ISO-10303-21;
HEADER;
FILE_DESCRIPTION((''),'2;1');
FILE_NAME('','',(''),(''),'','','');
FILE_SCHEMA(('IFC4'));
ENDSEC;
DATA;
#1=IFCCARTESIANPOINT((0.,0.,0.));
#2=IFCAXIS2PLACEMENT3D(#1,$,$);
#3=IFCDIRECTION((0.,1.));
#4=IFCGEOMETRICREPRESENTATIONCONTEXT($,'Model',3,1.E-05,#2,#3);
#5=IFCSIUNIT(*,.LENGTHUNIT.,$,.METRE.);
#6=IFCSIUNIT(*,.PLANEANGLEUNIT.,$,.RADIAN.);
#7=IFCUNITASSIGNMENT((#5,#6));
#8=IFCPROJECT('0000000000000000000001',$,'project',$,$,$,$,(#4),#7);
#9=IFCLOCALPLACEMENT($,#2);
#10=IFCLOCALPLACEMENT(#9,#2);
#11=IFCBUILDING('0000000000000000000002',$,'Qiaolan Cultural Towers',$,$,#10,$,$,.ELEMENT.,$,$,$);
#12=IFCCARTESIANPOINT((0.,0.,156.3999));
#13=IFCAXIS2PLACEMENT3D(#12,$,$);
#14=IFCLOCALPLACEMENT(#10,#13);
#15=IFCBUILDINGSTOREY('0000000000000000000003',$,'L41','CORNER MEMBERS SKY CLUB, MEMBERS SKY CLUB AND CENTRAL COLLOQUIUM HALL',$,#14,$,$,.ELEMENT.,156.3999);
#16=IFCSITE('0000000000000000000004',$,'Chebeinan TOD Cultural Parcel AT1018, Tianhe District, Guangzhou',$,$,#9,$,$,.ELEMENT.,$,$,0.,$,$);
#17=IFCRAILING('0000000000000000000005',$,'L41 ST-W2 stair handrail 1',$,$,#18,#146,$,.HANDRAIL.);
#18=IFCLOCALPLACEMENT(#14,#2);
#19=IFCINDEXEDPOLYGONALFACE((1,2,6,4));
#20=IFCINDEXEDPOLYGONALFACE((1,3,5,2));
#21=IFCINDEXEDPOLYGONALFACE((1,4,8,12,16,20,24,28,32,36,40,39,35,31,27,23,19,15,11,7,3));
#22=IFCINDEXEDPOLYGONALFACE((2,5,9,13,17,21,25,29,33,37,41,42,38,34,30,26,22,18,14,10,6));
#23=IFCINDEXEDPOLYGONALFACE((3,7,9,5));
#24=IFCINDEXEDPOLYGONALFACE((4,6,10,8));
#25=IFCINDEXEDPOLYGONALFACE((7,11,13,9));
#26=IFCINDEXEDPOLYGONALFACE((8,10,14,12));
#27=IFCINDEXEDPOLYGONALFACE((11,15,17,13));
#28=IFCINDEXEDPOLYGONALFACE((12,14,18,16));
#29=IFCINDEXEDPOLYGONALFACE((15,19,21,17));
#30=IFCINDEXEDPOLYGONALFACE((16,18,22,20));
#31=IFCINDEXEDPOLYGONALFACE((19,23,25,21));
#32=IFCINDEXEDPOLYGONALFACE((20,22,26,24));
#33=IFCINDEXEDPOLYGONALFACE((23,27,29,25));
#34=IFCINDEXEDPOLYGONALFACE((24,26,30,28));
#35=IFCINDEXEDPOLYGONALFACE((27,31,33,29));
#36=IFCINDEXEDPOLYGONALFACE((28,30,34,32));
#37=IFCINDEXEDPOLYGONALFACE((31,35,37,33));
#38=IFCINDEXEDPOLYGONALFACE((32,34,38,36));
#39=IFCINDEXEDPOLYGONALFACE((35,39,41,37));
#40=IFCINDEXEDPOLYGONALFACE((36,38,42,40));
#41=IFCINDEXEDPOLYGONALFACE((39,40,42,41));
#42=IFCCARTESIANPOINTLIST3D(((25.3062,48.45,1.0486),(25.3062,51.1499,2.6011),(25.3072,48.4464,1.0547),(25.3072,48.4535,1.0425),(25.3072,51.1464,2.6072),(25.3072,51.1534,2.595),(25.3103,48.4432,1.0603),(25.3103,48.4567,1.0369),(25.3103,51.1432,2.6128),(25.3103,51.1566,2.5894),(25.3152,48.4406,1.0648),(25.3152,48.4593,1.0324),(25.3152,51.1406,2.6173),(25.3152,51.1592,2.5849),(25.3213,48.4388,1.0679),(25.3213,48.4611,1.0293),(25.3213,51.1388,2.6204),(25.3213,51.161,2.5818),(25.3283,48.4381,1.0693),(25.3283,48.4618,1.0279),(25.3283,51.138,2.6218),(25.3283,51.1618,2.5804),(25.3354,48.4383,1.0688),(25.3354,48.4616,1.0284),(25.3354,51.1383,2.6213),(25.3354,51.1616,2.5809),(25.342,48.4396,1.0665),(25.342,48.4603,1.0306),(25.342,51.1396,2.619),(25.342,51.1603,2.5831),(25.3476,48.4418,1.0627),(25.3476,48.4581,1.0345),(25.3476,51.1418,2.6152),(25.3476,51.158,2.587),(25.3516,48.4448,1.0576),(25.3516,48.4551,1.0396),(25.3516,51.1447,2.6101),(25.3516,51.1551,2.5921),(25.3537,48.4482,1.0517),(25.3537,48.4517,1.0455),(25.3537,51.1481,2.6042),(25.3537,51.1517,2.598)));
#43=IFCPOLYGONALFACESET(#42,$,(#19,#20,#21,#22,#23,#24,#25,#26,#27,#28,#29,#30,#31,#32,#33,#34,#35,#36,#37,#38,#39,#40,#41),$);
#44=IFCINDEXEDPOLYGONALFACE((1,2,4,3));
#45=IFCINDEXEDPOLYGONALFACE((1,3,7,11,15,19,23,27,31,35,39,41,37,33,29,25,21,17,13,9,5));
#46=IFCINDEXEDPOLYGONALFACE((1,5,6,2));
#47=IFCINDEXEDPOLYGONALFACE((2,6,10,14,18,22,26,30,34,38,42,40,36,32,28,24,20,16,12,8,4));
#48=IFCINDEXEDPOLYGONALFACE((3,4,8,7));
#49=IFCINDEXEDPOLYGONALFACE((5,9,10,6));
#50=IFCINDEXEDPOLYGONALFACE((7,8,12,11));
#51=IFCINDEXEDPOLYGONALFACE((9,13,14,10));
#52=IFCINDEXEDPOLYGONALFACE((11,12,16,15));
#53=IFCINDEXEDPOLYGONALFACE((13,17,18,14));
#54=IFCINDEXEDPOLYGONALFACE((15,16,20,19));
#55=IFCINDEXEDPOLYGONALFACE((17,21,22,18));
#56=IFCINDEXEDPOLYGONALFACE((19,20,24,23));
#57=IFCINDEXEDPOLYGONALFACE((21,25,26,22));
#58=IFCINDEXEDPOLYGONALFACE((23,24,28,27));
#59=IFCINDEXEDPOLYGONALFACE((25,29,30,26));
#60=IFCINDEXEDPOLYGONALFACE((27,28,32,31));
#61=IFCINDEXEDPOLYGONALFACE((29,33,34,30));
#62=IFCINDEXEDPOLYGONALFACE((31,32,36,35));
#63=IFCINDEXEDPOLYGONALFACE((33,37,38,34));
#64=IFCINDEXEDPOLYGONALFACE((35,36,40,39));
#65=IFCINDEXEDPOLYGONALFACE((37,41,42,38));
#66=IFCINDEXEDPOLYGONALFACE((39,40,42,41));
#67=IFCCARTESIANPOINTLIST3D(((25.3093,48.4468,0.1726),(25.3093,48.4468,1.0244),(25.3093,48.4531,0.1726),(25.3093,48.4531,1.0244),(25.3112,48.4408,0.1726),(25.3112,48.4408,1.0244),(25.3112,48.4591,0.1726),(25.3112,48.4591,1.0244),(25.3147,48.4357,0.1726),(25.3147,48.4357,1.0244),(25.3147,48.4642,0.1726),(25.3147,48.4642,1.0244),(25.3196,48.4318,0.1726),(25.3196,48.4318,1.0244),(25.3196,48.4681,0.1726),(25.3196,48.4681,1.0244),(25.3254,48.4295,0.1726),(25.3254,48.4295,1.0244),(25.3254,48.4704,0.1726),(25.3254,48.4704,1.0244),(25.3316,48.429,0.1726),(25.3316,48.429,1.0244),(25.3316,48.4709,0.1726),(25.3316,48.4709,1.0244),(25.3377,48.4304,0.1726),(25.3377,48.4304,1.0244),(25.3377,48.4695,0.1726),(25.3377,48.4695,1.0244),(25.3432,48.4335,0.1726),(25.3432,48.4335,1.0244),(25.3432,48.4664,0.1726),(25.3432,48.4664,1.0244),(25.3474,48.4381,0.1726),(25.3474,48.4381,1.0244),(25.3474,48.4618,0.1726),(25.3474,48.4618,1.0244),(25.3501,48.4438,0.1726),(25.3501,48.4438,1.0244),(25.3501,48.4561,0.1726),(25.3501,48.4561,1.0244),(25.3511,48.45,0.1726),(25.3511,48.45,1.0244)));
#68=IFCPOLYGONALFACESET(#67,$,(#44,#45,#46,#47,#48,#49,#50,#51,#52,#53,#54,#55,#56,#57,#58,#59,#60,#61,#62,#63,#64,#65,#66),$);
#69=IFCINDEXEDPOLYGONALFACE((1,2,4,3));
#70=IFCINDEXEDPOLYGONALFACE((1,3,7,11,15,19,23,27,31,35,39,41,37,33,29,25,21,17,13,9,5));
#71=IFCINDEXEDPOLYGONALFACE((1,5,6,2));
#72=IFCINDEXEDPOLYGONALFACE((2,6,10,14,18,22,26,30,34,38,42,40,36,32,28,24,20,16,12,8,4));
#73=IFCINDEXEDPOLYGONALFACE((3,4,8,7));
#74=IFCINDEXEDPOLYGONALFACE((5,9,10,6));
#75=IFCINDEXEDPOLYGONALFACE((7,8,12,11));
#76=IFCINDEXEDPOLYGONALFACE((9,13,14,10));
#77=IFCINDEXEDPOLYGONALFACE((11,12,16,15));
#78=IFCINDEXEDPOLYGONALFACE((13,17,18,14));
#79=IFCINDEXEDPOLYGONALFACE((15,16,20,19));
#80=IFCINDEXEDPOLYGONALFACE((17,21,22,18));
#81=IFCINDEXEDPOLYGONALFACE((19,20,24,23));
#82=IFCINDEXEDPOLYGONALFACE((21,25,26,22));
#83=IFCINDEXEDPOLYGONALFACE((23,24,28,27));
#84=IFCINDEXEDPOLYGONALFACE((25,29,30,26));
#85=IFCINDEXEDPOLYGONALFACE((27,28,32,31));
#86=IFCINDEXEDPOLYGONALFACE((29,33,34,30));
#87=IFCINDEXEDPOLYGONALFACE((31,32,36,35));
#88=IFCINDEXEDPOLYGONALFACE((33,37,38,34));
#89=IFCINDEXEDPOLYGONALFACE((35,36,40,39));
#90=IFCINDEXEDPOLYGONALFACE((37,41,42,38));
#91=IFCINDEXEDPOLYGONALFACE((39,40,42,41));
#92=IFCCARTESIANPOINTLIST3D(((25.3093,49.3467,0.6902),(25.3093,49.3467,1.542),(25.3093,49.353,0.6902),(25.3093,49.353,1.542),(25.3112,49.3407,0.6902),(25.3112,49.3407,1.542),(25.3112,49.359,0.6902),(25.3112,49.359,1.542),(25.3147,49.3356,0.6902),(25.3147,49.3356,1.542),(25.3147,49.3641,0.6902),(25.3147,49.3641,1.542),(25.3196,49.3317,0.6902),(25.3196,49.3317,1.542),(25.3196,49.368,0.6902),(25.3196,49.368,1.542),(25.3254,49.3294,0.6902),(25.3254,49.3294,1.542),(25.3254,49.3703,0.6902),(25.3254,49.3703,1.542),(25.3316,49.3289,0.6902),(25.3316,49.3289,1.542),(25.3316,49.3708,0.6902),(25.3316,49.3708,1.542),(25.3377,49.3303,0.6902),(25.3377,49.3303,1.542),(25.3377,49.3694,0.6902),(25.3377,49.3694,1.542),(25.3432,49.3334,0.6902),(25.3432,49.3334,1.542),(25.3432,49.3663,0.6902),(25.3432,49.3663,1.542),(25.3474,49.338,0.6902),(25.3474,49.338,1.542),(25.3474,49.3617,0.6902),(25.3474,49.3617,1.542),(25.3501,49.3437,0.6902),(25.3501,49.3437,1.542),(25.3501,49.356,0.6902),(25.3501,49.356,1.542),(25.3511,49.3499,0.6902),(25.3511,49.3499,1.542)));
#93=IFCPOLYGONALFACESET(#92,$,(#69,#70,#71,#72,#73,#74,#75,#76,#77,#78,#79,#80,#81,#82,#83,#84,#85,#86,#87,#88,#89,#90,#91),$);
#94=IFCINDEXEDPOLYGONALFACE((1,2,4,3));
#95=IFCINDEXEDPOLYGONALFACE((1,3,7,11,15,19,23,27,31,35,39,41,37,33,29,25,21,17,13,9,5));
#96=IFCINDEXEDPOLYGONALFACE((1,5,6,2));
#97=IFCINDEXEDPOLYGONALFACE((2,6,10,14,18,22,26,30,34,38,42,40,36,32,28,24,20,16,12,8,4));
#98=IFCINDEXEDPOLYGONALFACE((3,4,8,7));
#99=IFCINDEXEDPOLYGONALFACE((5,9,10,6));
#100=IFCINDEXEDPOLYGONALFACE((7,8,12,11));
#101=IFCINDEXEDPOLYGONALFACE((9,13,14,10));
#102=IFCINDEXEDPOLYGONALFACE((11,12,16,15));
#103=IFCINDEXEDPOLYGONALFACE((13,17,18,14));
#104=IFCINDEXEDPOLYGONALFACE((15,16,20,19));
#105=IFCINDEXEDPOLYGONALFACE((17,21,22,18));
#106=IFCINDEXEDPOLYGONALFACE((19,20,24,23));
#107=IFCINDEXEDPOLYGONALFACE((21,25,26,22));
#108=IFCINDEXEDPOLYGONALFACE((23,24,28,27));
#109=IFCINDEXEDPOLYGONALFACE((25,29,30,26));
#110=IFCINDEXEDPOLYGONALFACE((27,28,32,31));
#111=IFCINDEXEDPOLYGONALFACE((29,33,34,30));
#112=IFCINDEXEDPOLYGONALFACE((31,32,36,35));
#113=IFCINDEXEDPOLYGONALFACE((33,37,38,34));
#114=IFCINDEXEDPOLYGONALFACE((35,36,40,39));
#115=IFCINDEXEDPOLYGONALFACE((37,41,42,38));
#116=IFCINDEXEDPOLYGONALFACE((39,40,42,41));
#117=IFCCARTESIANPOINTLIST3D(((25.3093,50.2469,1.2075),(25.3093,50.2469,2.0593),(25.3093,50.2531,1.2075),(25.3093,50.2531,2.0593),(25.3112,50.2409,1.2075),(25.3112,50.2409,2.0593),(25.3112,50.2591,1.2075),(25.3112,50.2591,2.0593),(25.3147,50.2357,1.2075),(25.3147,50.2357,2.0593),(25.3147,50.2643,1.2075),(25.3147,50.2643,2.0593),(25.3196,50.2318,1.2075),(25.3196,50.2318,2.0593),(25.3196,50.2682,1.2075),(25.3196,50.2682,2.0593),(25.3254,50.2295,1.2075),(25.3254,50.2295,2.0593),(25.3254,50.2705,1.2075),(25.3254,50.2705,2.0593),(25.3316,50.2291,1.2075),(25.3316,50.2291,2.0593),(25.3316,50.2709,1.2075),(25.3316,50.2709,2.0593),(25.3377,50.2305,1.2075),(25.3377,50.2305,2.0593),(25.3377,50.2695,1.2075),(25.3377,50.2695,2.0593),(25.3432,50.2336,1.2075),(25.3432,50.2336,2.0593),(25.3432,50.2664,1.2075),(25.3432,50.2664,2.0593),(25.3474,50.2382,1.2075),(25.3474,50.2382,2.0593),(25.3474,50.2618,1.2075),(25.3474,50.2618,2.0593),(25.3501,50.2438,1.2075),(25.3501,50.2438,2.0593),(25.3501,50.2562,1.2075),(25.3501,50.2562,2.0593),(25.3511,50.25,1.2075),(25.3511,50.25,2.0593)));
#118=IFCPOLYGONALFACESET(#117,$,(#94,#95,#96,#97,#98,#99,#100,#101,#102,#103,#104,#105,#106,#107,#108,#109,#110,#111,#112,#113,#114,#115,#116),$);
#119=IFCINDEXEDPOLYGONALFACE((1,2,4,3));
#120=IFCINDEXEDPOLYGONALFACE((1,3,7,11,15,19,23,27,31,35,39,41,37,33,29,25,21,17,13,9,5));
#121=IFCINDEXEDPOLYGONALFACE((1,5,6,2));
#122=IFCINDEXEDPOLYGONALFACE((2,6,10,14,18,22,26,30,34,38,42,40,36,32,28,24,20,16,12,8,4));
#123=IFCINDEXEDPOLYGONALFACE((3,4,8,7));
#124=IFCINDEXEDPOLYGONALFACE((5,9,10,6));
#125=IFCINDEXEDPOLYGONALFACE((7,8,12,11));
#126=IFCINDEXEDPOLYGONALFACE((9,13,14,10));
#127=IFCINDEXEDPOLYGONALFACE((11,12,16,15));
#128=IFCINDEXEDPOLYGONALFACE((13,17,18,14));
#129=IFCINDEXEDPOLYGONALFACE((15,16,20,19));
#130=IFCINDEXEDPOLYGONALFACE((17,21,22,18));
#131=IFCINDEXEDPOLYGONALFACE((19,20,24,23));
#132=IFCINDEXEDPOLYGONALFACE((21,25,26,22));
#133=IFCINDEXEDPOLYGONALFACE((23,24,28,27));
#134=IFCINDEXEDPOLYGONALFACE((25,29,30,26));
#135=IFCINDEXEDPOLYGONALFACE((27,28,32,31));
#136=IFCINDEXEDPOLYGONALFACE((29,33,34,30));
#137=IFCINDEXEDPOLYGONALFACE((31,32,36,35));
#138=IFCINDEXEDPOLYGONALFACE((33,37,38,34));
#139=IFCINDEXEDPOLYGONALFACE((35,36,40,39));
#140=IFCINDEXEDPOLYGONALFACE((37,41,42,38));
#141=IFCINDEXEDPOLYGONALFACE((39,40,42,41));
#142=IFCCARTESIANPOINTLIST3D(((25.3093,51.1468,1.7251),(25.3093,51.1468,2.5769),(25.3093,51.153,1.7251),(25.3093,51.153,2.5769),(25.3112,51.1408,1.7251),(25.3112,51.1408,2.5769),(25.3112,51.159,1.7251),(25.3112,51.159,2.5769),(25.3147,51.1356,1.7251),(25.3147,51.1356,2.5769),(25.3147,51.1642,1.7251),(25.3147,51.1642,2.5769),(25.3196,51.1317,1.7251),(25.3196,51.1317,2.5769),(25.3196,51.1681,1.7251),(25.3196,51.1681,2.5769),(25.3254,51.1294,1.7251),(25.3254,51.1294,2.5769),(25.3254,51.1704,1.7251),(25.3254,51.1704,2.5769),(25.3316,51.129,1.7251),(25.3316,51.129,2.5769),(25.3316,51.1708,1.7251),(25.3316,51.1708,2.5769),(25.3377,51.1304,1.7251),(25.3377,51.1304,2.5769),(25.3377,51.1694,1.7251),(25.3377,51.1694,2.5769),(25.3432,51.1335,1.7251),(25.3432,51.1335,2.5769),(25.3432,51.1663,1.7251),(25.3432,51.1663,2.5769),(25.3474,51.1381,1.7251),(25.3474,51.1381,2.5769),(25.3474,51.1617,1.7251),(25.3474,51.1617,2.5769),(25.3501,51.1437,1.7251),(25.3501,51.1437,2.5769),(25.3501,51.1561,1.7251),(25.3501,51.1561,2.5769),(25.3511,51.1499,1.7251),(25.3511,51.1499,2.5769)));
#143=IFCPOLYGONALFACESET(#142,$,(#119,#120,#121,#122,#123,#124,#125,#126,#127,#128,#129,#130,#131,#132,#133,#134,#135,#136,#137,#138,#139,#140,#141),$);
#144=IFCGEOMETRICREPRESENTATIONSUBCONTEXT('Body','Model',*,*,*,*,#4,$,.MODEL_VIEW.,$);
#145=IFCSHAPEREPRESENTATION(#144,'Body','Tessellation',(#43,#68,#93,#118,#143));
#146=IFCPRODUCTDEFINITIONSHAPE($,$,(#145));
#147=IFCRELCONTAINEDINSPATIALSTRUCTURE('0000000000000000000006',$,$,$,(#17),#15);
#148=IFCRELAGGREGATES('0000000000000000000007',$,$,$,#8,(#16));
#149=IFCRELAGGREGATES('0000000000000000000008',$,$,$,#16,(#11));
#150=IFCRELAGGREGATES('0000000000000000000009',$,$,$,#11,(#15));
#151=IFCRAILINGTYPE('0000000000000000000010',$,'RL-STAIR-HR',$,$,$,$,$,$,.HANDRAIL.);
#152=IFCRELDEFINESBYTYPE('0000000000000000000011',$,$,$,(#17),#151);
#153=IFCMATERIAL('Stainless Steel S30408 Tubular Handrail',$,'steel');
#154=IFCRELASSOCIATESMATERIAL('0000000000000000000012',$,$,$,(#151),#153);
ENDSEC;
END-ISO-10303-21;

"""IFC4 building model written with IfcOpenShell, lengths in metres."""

from ifc_helpers import new_model, si_unit, direction, frame, origin, origin_2d, place, context, subcontext, project, spatial, circle, extrude, material, type_object, element, save


model = new_model("IFC4")

# Units and contexts
model_context = context("Model", 3, precision=1e-05, world=origin(), true_north=direction((0.0, 1.0)))
body_context = subcontext(model_context, "Body", "Model", "MODEL_VIEW")
ifc_project = project(units=[si_unit("LENGTHUNIT", "METRE"), si_unit("PLANEANGLEUNIT", "RADIAN")], contexts=[model_context])

# Site, building, storey
site_placement = place(None, origin())
site = spatial("IfcSite", under=ifc_project, at=site_placement, Name="Chebeinan TOD Cultural Parcel AT1018, Tianhe District, Guangzhou", CompositionType="ELEMENT", RefElevation=0.0)
building_placement = place(site_placement, origin())
building = spatial("IfcBuilding", under=site, at=building_placement, Name="Qiaolan Cultural Towers", CompositionType="ELEMENT")
storey_placement = place(building_placement, frame((0.0, 0.0, 156.3999)))
storey = spatial("IfcBuildingStorey", under=building, at=storey_placement, Name="L41", Description="CORNER MEMBERS SKY CLUB, MEMBERS SKY CLUB AND CENTRAL COLLOQUIUM HALL", CompositionType="ELEMENT", Elevation=156.3999)

# Railing
ifc_material_1 = material(Name="Stainless Steel S30408 Tubular Handrail", Category="steel")
railing_type_1 = type_object("IfcRailingType", Name="RL-STAIR-HR", PredefinedType="HANDRAIL", material=ifc_material_1)
railing_1_placement = place(storey_placement, frame((25.3301, 48.45, 0.1726)))
element("IfcRailing", 1, at=railing_1_placement, inside=storey, type_object=railing_type_1, Name="L41 ST-W2 stair handrail 1", PredefinedType="HANDRAIL", context=body_context, shape_type="SweptSolid", body=[
    extrude(circle(Radius=0.0239, at=origin_2d()), frame((0.0, 0.0, 0.876), z_axis=(0.0, 0.866904, 0.498476), x_axis=(-1.0, 0.0, 0.0)), (0.0, 0.0, 1.0), 3.1145),
    extrude(circle(Radius=0.021, at=origin_2d()), origin(), (0.0, 0.0, 1.0), 0.8518),
    extrude(circle(Radius=0.021, at=origin_2d()), frame((0.0, 0.8999, 0.5176)), (0.0, 0.0, 1.0), 0.8518),
    extrude(circle(Radius=0.021, at=origin_2d()), frame((0.0, 1.8, 1.0349)), (0.0, 0.0, 1.0), 0.8518),
    extrude(circle(Radius=0.021, at=origin_2d()), frame((0.0, 2.7, 1.5525)), (0.0, 0.0, 1.0), 0.8518),
])

save(model, "model.ifc")
